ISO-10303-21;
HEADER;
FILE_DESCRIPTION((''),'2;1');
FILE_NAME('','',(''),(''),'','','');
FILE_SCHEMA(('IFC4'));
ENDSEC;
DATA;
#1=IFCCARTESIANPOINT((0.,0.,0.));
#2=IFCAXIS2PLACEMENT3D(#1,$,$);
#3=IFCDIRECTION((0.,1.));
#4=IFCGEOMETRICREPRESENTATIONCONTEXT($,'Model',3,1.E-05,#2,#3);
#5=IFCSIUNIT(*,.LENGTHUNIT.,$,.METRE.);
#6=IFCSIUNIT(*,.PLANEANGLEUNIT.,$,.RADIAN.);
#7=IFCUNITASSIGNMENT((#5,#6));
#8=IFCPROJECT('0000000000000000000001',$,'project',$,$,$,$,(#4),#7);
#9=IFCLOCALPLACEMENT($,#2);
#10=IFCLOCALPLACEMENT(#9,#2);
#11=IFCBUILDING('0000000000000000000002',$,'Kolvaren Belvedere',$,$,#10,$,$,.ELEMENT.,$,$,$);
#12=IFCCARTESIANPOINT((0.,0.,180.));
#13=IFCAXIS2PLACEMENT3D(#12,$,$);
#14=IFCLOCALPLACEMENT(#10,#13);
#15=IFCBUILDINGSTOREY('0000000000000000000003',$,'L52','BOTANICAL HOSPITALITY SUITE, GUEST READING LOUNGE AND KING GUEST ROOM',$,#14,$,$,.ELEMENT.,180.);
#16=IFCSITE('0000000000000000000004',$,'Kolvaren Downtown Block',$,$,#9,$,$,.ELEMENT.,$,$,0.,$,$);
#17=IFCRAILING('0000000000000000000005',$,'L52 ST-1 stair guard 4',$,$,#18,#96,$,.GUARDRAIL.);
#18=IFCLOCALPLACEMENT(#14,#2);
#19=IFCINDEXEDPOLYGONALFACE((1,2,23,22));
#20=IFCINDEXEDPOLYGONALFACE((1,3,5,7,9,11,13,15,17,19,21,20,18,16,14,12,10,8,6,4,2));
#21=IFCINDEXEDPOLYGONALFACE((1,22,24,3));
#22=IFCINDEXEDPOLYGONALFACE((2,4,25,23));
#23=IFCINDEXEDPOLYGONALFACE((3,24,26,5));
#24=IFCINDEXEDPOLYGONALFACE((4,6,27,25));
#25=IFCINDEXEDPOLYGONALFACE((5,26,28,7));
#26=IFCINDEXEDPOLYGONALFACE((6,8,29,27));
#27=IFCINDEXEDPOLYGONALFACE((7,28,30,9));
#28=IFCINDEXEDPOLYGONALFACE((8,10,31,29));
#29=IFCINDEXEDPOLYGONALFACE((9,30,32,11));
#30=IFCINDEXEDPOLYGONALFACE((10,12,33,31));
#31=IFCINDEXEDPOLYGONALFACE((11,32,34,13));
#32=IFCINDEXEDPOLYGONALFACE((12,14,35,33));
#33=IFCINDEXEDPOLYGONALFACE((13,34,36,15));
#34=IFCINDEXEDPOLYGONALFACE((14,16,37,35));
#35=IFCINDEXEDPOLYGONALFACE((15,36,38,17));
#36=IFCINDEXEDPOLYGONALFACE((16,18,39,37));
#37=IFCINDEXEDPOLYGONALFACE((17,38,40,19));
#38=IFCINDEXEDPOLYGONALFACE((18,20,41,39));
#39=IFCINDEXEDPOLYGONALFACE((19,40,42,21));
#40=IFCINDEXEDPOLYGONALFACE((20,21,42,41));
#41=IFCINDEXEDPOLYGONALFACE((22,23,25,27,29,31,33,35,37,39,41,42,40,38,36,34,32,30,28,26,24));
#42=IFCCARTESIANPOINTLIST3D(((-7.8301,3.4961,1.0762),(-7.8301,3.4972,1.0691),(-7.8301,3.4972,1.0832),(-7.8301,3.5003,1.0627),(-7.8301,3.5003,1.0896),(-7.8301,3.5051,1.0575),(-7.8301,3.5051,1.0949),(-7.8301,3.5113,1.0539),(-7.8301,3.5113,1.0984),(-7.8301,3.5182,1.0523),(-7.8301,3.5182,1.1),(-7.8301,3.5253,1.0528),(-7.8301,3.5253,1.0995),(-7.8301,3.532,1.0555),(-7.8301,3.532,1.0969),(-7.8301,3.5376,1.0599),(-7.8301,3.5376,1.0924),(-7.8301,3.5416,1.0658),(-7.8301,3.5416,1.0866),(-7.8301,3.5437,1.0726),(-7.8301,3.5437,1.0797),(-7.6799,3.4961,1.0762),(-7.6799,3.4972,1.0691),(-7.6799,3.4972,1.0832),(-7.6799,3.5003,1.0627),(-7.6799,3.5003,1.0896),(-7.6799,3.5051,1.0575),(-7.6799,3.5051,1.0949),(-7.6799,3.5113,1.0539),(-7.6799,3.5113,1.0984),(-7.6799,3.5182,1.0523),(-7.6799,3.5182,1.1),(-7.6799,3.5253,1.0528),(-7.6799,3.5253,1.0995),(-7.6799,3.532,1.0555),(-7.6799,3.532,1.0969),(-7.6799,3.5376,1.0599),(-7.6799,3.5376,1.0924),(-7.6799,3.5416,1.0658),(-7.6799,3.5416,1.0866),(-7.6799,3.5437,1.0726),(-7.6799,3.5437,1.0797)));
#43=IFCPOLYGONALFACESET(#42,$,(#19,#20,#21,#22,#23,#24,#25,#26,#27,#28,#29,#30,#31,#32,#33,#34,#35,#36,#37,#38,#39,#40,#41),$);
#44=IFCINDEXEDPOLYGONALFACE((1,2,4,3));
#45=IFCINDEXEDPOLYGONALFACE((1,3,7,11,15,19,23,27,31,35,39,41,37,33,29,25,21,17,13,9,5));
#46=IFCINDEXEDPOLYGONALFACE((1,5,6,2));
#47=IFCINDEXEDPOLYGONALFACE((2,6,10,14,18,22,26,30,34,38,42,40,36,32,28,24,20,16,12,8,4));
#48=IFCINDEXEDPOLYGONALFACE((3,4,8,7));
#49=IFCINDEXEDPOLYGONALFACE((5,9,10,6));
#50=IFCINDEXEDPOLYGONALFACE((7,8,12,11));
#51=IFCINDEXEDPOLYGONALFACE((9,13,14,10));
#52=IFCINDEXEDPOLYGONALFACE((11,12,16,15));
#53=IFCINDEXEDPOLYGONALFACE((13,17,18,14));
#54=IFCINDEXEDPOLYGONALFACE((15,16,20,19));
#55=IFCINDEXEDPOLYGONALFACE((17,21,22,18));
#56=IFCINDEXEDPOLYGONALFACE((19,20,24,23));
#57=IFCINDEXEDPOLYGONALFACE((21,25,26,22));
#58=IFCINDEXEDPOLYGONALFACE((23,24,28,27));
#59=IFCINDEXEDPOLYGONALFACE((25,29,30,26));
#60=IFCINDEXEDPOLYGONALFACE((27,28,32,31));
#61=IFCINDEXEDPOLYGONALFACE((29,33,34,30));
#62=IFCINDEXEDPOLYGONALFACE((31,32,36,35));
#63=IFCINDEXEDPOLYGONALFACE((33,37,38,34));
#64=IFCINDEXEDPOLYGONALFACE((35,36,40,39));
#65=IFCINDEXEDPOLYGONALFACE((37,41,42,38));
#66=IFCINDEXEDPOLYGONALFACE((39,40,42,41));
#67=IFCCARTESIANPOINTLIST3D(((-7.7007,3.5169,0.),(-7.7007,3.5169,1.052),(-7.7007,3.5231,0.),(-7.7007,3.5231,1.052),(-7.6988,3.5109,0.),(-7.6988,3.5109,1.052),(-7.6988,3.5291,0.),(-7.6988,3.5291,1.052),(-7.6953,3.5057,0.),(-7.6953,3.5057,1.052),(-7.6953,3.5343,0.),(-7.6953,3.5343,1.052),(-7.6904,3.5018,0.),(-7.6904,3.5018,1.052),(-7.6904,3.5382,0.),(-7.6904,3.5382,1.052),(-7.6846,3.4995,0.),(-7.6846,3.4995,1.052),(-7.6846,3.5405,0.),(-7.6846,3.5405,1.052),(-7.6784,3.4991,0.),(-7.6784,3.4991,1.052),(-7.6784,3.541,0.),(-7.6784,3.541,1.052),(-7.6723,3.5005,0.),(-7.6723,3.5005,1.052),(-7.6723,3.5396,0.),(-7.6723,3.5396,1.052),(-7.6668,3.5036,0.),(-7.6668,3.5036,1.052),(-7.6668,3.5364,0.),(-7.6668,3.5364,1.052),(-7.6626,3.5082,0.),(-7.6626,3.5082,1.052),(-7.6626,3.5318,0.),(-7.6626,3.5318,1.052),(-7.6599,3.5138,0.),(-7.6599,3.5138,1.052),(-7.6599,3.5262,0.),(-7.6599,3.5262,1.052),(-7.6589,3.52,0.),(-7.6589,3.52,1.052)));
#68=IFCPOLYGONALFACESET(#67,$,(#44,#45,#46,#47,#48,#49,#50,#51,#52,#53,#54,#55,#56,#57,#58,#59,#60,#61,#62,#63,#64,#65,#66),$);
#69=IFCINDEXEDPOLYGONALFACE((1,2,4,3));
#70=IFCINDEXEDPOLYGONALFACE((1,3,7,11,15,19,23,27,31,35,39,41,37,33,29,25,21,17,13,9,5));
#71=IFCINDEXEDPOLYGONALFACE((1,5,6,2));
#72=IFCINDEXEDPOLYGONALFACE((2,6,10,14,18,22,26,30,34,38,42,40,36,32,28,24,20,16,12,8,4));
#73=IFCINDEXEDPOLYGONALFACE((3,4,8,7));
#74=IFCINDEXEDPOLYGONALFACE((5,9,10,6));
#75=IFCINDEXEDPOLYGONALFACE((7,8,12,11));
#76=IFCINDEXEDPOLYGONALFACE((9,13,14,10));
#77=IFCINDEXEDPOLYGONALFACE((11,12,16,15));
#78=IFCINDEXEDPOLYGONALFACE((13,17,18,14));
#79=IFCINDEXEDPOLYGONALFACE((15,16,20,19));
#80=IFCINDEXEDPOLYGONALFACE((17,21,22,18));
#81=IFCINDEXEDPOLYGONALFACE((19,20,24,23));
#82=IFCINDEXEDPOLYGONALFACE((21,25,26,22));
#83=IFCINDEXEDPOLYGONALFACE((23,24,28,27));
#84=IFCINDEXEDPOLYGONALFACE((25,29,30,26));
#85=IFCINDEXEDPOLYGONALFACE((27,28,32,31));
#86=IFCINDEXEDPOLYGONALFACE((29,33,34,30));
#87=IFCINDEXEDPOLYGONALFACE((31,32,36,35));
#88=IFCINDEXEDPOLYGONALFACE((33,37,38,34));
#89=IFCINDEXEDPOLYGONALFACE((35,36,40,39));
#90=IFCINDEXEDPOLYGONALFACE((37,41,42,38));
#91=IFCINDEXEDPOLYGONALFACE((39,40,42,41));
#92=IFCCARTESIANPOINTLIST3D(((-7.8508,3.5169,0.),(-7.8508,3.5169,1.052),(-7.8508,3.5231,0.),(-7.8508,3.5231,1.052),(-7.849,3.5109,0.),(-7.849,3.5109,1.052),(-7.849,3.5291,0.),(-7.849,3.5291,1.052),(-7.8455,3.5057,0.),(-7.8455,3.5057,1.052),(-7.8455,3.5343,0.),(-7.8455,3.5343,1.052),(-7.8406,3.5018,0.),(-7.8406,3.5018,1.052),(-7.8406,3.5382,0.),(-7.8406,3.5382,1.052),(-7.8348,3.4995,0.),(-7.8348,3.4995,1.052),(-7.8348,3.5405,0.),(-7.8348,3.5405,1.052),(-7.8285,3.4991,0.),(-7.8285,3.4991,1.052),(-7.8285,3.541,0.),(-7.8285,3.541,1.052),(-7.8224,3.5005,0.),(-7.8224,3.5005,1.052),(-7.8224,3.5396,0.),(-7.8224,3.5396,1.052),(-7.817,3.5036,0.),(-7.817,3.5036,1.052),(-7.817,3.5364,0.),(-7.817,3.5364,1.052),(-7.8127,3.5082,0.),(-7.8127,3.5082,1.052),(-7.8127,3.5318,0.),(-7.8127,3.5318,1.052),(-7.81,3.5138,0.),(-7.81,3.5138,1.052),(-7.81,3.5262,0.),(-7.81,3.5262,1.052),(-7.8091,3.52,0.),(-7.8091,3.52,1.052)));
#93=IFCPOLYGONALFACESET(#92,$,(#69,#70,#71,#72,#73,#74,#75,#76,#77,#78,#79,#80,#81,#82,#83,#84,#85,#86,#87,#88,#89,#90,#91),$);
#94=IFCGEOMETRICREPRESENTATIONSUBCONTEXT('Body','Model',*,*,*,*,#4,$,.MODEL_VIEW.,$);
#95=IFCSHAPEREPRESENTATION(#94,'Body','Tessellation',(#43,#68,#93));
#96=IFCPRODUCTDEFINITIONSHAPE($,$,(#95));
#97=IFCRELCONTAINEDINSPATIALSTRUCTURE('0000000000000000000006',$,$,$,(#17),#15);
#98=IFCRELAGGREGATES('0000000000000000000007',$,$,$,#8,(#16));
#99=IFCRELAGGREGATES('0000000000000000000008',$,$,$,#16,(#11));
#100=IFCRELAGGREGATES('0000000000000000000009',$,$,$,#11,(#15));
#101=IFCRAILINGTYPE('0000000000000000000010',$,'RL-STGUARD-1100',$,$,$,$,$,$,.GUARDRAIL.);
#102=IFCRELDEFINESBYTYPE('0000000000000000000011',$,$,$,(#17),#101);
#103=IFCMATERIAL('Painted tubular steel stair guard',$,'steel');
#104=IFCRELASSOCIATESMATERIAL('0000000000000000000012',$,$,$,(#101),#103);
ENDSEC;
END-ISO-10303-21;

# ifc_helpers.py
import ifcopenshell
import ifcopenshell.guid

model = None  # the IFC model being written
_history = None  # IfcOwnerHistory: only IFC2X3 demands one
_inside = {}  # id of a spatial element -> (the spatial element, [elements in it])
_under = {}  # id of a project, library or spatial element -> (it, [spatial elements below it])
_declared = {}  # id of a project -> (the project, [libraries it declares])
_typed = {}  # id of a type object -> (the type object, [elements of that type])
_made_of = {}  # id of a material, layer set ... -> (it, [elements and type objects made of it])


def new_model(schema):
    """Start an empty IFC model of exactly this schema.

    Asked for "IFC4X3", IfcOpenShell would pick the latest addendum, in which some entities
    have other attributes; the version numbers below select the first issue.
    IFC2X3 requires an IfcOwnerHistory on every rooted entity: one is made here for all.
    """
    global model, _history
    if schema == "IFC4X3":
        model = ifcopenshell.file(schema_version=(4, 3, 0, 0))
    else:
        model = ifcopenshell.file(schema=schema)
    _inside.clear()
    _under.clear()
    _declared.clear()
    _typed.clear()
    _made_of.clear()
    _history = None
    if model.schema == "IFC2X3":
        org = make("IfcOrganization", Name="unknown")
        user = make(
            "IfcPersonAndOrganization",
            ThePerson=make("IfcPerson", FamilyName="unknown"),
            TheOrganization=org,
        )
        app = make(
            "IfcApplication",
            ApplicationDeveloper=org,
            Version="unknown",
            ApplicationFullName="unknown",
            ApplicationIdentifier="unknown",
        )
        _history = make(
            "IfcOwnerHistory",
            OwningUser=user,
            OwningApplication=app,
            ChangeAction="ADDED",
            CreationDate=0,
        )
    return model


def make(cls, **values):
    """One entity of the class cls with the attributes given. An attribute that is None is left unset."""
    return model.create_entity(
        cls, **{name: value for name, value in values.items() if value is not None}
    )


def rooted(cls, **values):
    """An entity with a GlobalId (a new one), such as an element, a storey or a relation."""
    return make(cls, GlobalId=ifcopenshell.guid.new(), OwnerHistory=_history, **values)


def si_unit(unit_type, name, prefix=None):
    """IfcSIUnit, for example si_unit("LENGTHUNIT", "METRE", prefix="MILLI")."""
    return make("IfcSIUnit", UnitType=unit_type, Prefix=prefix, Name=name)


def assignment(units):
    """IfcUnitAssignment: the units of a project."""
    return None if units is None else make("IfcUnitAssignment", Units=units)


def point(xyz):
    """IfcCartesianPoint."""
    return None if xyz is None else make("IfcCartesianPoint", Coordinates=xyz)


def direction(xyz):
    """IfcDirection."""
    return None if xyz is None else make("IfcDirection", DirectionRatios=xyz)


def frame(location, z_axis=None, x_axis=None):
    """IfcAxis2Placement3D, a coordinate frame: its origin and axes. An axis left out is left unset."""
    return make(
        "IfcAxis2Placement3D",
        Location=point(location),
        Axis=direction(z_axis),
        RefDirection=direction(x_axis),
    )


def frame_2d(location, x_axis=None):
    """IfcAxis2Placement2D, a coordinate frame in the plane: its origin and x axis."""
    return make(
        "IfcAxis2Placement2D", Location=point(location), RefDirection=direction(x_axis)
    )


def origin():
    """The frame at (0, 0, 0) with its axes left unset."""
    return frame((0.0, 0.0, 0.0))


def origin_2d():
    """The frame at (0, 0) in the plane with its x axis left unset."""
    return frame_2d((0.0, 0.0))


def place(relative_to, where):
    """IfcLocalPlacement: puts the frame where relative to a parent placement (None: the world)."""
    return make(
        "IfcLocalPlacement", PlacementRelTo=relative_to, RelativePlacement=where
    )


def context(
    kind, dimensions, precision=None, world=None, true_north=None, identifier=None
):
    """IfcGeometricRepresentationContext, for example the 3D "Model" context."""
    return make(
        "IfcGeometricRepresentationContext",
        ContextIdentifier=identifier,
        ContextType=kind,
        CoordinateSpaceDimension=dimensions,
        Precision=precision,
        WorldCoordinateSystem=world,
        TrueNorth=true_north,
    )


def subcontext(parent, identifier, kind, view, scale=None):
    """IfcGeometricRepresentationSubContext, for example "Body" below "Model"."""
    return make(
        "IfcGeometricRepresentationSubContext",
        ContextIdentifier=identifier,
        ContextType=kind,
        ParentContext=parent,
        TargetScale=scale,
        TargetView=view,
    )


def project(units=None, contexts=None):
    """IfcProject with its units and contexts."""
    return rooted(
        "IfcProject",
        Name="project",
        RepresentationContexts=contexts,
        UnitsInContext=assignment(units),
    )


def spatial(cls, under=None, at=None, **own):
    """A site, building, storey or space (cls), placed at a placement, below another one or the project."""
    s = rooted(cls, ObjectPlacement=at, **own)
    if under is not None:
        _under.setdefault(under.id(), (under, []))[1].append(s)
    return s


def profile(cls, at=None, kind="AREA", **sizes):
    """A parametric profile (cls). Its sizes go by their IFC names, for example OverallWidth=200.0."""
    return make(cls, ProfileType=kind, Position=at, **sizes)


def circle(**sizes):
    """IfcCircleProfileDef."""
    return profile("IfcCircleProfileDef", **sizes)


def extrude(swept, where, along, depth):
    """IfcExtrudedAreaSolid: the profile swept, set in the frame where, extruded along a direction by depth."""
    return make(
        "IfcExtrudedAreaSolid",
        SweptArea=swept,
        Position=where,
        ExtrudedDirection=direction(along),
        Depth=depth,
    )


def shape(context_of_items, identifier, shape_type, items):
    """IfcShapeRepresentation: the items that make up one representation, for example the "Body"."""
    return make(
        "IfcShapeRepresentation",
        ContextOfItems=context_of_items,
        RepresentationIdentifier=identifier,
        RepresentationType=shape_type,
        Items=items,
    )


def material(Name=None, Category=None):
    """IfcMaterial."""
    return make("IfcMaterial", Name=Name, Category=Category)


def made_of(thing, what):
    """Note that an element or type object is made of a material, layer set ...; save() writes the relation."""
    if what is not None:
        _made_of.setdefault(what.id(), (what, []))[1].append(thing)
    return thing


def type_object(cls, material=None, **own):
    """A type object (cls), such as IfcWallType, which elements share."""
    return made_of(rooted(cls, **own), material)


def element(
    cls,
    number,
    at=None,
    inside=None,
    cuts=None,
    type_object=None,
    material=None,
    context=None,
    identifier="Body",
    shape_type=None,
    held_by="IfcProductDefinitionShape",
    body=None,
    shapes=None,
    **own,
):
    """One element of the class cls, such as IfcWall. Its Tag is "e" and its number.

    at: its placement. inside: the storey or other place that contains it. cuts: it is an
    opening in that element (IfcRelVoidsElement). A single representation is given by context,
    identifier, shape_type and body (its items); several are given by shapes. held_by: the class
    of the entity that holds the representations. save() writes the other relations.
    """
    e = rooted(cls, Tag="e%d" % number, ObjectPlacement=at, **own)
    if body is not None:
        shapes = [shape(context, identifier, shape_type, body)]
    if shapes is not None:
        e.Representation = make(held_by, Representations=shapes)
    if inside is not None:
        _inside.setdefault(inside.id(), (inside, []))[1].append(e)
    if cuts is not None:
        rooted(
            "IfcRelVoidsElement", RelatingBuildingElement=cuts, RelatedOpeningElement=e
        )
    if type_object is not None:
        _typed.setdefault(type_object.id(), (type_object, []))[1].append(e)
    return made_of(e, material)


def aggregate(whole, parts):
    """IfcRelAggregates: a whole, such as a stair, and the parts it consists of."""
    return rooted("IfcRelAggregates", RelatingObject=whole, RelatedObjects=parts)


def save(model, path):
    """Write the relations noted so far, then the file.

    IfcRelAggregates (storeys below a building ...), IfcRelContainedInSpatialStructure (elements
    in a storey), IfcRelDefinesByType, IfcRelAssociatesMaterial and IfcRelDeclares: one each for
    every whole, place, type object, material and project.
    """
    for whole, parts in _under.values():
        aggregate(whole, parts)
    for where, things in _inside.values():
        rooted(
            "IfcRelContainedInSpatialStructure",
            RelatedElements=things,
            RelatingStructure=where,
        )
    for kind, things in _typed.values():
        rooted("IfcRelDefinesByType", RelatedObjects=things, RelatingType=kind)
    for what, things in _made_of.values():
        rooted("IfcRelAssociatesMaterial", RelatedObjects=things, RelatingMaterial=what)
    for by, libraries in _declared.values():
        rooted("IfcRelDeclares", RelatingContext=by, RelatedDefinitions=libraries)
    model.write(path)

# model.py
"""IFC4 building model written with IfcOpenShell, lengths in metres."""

from ifc_helpers import new_model, si_unit, direction, frame, origin, origin_2d, place, context, subcontext, project, spatial, circle, extrude, material, type_object, element, save


model = new_model("IFC4")

# Units and contexts
model_context = context("Model", 3, precision=1e-05, world=origin(), true_north=direction((0.0, 1.0)))
body_context = subcontext(model_context, "Body", "Model", "MODEL_VIEW")
ifc_project = project(units=[si_unit("LENGTHUNIT", "METRE"), si_unit("PLANEANGLEUNIT", "RADIAN")], contexts=[model_context])

# Site, building, storey
site_placement = place(None, origin())
site = spatial("IfcSite", under=ifc_project, at=site_placement, Name="Kolvaren Downtown Block", CompositionType="ELEMENT", RefElevation=0.0)
building_placement = place(site_placement, origin())
building = spatial("IfcBuilding", under=site, at=building_placement, Name="Kolvaren Belvedere", CompositionType="ELEMENT")
storey_placement = place(building_placement, frame((0.0, 0.0, 180.0)))
storey = spatial("IfcBuildingStorey", under=building, at=storey_placement, Name="L52", Description="BOTANICAL HOSPITALITY SUITE, GUEST READING LOUNGE AND KING GUEST ROOM", CompositionType="ELEMENT", Elevation=180.0)

# Railing
ifc_material_1 = material(Name="Painted tubular steel stair guard", Category="steel")
railing_type_1 = type_object("IfcRailingType", Name="RL-STGUARD-1100", PredefinedType="GUARDRAIL", material=ifc_material_1)
railing_1_placement = place(storey_placement, frame((-7.6799, 3.52, 0.0)))
element("IfcRailing", 1, at=railing_1_placement, inside=storey, type_object=railing_type_1, Name="L52 ST-1 stair guard 4", PredefinedType="GUARDRAIL", context=body_context, shape_type="SweptSolid", body=[
    extrude(circle(Radius=0.0239, at=origin_2d()), frame((0.0, 0.0, 1.0762), z_axis=(-1.0, 0.0, 0.0), x_axis=(0.0, -1.0, 0.0)), (0.0, 0.0, 1.0), 0.1501),
    extrude(circle(Radius=0.021, at=origin_2d()), origin(), (0.0, 0.0, 1.0), 1.052),
    extrude(circle(Radius=0.021, at=origin_2d()), frame((-0.1501, 0.0, 0.0)), (0.0, 0.0, 1.0), 1.052),
])

save(model, "model.ifc")
